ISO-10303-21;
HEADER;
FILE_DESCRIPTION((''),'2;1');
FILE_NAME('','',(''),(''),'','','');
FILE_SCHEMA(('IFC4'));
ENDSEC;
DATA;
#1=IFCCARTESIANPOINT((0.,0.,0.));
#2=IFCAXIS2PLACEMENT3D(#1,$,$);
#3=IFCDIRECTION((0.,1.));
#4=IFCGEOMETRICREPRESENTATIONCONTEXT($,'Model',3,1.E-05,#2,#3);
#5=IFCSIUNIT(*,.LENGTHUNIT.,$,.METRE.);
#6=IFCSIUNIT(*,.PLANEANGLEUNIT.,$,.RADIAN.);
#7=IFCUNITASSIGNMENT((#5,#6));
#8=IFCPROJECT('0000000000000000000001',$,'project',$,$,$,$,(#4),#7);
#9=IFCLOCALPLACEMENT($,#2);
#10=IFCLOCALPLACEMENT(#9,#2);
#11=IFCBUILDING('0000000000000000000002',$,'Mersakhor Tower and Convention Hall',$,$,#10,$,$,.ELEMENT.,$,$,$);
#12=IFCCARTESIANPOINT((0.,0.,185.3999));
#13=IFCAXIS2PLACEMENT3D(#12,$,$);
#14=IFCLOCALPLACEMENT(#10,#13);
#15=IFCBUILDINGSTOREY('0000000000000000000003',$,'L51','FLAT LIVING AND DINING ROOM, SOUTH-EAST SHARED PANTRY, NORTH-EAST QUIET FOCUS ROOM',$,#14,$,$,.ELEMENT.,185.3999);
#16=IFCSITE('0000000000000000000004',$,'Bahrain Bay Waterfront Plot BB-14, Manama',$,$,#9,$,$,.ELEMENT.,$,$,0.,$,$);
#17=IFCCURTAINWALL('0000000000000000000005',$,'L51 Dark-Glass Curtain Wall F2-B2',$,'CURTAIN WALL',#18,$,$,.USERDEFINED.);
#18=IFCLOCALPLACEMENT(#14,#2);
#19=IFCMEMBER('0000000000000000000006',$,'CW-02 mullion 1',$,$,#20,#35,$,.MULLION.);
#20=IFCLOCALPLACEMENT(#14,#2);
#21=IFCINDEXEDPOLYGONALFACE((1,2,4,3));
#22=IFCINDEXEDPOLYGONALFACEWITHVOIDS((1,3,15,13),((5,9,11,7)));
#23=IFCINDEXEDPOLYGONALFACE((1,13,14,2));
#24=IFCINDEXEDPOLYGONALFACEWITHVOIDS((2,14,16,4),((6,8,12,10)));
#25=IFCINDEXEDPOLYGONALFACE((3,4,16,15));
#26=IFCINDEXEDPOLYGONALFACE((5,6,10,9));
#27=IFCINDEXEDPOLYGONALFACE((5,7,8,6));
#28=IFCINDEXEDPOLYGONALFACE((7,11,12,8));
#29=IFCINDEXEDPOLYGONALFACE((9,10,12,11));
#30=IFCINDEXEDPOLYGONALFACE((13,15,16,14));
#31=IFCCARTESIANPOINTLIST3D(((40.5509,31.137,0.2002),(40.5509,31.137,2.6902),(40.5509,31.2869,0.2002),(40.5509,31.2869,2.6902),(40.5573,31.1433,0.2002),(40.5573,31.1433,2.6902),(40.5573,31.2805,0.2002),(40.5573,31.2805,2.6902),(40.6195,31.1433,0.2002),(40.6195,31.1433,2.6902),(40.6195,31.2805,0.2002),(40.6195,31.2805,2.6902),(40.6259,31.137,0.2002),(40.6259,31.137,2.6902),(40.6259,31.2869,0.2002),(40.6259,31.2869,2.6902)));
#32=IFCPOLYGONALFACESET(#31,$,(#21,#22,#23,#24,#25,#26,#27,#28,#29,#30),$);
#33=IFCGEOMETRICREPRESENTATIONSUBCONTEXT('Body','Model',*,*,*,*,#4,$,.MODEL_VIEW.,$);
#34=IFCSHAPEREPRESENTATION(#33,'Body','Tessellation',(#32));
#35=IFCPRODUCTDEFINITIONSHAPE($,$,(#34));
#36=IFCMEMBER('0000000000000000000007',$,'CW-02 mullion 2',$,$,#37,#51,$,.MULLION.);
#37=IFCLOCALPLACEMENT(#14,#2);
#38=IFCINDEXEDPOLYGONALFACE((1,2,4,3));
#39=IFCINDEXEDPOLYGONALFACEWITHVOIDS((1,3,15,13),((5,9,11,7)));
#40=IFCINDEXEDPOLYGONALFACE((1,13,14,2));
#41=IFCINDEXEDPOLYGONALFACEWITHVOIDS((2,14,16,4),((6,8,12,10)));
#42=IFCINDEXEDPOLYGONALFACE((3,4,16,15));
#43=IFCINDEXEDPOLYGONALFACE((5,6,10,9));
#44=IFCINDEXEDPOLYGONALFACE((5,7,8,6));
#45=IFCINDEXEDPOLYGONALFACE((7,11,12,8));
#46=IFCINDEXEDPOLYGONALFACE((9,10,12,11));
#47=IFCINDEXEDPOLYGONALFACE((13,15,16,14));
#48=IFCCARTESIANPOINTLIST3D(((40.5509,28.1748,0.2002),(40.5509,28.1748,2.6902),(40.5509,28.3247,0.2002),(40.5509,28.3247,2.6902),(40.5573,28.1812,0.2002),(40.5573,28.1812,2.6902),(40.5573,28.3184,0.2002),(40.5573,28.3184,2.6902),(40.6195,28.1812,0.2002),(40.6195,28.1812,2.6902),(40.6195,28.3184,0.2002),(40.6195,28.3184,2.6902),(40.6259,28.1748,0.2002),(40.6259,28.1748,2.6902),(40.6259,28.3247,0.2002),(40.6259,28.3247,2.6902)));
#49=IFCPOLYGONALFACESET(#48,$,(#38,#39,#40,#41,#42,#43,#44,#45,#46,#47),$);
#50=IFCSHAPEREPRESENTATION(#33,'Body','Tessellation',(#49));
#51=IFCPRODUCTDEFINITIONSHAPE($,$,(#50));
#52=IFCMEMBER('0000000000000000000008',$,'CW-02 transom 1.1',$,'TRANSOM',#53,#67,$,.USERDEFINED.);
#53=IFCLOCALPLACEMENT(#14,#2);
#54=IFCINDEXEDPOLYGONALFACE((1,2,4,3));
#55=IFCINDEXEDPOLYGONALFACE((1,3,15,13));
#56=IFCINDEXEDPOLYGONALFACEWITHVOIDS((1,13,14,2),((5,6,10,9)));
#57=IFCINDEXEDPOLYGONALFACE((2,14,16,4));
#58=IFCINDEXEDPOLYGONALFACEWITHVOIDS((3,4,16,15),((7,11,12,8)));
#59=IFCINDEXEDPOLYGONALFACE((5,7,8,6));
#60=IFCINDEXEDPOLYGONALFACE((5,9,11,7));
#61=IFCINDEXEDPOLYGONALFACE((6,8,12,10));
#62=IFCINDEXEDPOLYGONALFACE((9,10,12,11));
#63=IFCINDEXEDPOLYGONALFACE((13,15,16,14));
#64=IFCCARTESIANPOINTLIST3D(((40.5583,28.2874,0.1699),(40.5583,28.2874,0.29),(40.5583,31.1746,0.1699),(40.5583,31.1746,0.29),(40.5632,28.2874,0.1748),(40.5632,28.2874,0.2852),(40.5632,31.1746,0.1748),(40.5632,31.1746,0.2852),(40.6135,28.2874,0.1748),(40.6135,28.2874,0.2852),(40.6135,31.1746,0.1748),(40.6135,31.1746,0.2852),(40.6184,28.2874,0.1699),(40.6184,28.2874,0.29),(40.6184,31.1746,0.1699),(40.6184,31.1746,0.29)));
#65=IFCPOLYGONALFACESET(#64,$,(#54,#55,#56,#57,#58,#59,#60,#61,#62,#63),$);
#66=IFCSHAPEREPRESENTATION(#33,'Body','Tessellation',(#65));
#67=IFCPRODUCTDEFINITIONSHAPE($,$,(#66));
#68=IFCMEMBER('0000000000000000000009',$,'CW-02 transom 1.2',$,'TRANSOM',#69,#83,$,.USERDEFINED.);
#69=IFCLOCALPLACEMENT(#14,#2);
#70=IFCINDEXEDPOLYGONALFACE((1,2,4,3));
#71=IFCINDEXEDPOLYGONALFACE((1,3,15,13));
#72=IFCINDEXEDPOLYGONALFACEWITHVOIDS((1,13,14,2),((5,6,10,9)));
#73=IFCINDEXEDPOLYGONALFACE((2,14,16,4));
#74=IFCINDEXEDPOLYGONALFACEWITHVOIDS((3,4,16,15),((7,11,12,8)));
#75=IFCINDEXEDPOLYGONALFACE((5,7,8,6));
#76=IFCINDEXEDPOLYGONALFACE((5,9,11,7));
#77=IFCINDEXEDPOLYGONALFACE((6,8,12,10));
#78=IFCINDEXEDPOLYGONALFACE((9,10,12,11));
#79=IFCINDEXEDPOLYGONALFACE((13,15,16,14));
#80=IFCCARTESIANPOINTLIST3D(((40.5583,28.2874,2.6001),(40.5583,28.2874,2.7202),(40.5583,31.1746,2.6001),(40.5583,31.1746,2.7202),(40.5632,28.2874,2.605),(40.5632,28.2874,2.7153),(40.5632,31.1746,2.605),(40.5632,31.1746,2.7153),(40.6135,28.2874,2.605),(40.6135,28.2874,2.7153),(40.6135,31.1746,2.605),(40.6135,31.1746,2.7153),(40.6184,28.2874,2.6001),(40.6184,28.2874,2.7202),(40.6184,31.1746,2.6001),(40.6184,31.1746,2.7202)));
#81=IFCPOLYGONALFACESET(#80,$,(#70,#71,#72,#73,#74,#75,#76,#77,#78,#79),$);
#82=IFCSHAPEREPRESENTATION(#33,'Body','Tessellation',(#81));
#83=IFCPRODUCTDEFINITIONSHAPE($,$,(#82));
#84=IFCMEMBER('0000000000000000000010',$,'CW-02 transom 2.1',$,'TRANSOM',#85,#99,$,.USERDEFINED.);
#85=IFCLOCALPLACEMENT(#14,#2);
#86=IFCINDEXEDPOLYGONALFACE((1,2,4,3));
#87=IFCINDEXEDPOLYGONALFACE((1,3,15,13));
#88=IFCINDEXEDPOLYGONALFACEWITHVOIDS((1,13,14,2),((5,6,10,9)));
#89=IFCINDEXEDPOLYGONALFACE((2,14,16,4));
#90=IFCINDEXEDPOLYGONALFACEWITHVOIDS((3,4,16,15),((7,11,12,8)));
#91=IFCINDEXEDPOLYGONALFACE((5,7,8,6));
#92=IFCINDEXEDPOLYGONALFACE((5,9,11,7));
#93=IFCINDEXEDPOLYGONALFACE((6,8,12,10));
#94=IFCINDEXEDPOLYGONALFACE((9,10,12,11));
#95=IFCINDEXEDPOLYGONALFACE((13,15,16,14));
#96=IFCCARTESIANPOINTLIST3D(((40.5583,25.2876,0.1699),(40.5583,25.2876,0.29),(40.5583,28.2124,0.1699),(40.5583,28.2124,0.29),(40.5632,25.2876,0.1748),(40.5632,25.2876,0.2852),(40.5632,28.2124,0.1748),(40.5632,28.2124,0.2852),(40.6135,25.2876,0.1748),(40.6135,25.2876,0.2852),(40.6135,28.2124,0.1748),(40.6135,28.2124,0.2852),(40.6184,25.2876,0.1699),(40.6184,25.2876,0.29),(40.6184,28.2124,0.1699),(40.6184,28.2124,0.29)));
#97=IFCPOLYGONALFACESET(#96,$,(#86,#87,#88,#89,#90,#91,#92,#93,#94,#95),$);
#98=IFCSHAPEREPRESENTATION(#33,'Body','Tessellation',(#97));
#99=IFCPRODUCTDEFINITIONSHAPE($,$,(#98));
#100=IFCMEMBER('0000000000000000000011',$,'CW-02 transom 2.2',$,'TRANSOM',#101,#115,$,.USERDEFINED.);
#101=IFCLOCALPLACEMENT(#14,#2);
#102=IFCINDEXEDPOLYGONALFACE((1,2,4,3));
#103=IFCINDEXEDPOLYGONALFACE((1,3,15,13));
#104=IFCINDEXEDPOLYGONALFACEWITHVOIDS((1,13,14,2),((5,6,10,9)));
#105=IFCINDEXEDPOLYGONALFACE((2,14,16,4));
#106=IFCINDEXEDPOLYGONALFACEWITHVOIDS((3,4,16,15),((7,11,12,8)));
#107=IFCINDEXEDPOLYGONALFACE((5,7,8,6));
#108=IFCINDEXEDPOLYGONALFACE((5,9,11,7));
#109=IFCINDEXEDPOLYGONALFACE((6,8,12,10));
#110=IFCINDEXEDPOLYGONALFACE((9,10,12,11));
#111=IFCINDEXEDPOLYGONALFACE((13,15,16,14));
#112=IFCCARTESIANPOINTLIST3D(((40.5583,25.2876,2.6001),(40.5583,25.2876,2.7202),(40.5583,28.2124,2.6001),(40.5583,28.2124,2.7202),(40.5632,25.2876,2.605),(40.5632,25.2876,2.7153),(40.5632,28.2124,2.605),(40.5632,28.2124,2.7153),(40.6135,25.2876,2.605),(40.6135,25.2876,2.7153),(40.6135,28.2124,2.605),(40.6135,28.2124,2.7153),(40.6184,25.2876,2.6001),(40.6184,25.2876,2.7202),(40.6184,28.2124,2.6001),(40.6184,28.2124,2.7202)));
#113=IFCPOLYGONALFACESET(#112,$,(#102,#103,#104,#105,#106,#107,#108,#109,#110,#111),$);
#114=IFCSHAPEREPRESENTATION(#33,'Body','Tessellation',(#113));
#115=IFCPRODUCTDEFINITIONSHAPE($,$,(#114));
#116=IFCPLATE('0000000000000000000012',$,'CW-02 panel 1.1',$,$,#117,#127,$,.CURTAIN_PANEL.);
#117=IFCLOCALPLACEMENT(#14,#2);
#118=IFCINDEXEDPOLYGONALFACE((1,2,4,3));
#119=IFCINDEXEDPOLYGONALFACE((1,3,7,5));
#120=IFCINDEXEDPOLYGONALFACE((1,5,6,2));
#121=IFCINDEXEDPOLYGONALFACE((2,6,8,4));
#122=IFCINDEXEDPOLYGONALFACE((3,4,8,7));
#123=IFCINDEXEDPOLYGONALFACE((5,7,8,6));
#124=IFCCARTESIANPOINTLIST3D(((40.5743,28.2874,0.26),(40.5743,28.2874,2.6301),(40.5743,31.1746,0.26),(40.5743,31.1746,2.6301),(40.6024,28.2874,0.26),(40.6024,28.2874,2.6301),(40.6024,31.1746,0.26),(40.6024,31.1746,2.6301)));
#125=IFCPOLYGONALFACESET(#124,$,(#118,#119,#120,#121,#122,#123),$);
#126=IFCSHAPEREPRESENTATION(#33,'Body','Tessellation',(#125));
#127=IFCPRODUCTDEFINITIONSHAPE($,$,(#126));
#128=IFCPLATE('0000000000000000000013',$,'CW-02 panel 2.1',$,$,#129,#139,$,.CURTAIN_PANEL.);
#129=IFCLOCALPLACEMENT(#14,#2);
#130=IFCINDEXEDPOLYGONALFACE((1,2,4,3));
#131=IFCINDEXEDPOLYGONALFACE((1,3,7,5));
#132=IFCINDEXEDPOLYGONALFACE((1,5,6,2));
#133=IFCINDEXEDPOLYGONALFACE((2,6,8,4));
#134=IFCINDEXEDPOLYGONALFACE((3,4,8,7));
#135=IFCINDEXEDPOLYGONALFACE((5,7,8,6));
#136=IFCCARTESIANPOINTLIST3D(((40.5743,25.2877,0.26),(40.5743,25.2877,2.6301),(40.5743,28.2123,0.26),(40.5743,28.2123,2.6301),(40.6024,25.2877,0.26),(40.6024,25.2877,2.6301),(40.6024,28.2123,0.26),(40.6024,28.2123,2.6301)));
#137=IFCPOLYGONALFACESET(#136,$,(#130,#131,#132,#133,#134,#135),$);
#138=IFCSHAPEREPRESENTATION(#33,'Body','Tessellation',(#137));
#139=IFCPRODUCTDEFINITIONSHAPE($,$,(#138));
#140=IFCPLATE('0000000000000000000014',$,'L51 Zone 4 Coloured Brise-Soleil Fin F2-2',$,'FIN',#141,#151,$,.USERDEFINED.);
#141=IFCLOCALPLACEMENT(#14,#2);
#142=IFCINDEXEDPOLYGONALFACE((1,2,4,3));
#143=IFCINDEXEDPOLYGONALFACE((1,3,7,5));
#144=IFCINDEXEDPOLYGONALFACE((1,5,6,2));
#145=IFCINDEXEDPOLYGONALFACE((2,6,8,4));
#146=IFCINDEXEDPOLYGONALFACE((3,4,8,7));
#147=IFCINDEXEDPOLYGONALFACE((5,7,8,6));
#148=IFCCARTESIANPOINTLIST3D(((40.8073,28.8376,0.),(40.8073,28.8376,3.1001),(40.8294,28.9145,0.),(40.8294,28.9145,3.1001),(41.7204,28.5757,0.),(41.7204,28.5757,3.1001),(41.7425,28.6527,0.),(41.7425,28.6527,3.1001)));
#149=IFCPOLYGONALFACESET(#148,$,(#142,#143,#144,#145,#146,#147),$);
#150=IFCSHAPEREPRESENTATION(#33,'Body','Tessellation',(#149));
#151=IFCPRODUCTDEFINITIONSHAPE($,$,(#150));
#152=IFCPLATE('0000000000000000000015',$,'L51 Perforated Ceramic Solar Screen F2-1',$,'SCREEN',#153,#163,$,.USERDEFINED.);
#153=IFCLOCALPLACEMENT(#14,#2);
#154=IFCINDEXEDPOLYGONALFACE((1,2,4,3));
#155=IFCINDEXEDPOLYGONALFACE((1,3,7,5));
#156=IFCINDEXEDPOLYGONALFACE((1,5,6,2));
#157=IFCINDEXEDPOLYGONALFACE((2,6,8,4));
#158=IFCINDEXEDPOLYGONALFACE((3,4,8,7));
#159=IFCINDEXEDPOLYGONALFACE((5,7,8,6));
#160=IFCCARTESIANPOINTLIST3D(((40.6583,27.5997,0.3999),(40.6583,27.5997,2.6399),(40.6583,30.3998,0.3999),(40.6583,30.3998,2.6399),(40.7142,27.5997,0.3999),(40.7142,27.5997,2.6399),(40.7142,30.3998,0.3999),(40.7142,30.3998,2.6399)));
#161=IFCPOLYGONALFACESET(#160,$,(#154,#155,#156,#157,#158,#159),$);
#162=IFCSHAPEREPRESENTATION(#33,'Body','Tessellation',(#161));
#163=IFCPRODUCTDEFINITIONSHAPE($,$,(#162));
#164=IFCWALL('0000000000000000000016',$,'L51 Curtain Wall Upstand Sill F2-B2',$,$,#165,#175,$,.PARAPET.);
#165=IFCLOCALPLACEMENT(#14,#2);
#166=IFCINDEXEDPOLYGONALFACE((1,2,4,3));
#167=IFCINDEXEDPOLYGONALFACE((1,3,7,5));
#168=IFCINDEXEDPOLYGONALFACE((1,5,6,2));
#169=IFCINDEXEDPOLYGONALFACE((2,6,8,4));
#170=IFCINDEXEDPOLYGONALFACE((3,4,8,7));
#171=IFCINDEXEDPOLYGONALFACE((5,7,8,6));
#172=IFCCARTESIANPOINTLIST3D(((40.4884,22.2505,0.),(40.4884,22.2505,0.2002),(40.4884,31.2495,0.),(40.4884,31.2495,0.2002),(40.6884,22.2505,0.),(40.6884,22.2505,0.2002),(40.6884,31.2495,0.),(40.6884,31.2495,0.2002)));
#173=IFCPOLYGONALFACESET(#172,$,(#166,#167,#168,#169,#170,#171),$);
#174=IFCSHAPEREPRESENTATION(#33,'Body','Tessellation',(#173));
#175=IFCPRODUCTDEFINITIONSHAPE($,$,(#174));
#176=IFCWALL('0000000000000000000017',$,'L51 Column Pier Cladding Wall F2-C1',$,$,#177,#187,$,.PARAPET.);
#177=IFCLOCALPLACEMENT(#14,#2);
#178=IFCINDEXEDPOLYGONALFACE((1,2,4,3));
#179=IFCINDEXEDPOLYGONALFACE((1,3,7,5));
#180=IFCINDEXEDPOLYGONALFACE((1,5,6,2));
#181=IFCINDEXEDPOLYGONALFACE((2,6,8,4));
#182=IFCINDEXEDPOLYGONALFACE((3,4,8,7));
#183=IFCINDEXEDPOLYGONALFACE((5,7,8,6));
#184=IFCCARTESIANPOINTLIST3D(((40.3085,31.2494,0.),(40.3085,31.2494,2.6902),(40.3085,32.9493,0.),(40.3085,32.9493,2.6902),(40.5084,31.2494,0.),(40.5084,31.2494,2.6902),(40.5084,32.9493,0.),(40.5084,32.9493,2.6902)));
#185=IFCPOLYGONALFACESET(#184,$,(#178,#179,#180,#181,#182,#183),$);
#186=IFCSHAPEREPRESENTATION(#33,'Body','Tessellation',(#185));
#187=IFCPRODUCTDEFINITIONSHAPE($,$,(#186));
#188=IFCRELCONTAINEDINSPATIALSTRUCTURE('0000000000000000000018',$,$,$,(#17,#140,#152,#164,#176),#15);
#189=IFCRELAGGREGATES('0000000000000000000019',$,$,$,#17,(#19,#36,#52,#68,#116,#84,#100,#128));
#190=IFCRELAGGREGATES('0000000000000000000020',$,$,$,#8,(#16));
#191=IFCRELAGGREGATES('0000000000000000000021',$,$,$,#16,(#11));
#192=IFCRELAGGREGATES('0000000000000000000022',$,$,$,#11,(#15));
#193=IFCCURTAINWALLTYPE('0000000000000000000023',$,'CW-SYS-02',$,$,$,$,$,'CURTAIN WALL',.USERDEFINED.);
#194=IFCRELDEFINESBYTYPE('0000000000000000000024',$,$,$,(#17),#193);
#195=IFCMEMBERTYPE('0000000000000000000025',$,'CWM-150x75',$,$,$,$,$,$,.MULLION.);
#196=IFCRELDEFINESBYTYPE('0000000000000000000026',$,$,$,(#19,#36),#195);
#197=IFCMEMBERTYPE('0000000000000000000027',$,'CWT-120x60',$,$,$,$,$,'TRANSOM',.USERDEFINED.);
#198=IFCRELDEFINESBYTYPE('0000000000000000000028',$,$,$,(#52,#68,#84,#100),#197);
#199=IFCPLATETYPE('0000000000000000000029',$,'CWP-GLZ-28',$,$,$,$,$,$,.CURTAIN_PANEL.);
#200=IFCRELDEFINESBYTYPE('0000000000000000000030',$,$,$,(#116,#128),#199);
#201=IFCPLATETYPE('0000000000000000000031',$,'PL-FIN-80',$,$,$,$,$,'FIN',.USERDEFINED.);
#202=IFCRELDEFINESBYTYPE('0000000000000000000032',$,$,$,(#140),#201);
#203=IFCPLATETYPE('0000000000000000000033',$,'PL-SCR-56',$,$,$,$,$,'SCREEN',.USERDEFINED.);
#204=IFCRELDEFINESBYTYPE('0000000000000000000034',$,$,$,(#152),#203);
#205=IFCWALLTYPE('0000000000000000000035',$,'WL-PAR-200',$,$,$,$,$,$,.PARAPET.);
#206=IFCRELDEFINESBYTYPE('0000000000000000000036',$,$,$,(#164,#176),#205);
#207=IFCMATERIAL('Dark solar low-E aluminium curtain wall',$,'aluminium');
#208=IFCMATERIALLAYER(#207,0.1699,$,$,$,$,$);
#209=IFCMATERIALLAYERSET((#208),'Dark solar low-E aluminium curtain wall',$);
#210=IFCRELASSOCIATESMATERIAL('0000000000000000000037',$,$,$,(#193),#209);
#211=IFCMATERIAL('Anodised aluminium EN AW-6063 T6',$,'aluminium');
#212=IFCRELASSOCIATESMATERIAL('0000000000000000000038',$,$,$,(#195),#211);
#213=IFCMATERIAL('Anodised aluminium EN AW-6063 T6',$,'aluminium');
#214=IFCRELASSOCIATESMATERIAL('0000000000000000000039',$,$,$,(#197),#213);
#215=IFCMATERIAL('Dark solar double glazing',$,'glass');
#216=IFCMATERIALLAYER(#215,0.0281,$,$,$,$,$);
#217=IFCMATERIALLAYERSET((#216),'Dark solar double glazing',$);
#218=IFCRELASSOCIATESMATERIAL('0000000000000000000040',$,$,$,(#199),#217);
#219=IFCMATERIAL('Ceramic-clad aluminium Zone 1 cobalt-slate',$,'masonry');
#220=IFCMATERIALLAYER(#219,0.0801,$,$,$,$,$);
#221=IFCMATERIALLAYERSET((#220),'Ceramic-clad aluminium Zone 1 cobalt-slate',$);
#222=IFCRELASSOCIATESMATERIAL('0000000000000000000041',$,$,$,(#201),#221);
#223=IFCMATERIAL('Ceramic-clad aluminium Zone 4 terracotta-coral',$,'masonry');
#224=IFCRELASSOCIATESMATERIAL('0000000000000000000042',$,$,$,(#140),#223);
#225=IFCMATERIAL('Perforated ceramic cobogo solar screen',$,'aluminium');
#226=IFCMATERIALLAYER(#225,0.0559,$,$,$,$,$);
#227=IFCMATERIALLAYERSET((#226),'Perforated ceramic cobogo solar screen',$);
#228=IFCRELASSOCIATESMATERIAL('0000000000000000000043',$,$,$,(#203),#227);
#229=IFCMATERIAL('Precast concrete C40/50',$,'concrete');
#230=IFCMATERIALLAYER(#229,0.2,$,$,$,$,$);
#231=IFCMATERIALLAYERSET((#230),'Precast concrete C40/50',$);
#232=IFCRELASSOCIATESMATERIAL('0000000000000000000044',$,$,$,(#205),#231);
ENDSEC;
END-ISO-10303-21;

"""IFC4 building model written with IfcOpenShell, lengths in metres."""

from ifc_helpers import new_model, si_unit, direction, frame, frame_2d, origin, origin_2d, place, context, subcontext, project, spatial, rectangle, hollow_rectangle, extrude, material, layer, layer_set, material_profile, profile_set, type_object, element, aggregate, save


model = new_model("IFC4")

# Units and contexts
model_context = context("Model", 3, precision=1e-05, world=origin(), true_north=direction((0.0, 1.0)))
body_context = subcontext(model_context, "Body", "Model", "MODEL_VIEW")
ifc_project = project(units=[si_unit("LENGTHUNIT", "METRE"), si_unit("PLANEANGLEUNIT", "RADIAN")], contexts=[model_context])

# Site, building, storey
site_placement = place(None, origin())
site = spatial("IfcSite", under=ifc_project, at=site_placement, Name="Bahrain Bay Waterfront Plot BB-14, Manama", CompositionType="ELEMENT", RefElevation=0.0)
building_placement = place(site_placement, origin())
building = spatial("IfcBuilding", under=site, at=building_placement, Name="Mersakhor Tower and Convention Hall", CompositionType="ELEMENT")
storey_placement = place(building_placement, frame((0.0, 0.0, 185.3999)))
storey = spatial("IfcBuildingStorey", under=building, at=storey_placement, Name="L51", Description="FLAT LIVING AND DINING ROOM, SOUTH-EAST SHARED PANTRY, NORTH-EAST QUIET FOCUS ROOM", CompositionType="ELEMENT", Elevation=185.3999)

# Curtain wall, members, plates
ifc_material_1 = material(Name="Dark solar low-E aluminium curtain wall", Category="aluminium")
ifc_layer_1 = layer(ifc_material_1, 0.1699)
ifc_layer_set_1 = layer_set([ifc_layer_1], Name="Dark solar low-E aluminium curtain wall")
curtain_wall_type = type_object("IfcCurtainWallType", Name="CW-SYS-02", ElementType="CURTAIN WALL", PredefinedType="USERDEFINED", material=ifc_layer_set_1)
curtain_wall_placement = place(storey_placement, origin())
curtain_wall = element("IfcCurtainWall", 1, at=curtain_wall_placement, inside=storey, type_object=curtain_wall_type, Name="L51 Dark-Glass Curtain Wall F2-B2", ObjectType="CURTAIN WALL", PredefinedType="USERDEFINED")
ifc_material_2 = material(Name="Anodised aluminium EN AW-6063 T6", Category="aluminium")
ifc_material_profile_1 = material_profile(ifc_material_2, hollow_rectangle(XDim=0.075, YDim=0.1499, WallThickness=0.0063, at=origin_2d()), Name="RHS 150x75x6.3")
ifc_profile_set_1 = profile_set([ifc_material_profile_1], Name="Anodised aluminium EN AW-6063 T6")
member_type_1 = type_object("IfcMemberType", Name="CWM-150x75", PredefinedType="MULLION", material=ifc_profile_set_1)
member_1_placement = place(storey_placement, frame((40.5884, 31.2119, 0.2002), z_axis=(0.0, 0.0, 1.0), x_axis=(1.0, 0.0, 0.0)))
member_1 = element("IfcMember", 2, at=member_1_placement, type_object=member_type_1, Name="CW-02 mullion 1", PredefinedType="MULLION", context=body_context, shape_type="SweptSolid", body=[
    extrude(hollow_rectangle(XDim=0.075, YDim=0.1499, WallThickness=0.0063, at=origin_2d()), origin(), (0.0, 0.0, 1.0), 2.49),
])
member_2_placement = place(storey_placement, frame((40.5884, 28.2498, 0.2002), z_axis=(0.0, 0.0, 1.0), x_axis=(1.0, 0.0, 0.0)))
member_2 = element("IfcMember", 3, at=member_2_placement, type_object=member_type_1, Name="CW-02 mullion 2", PredefinedType="MULLION", context=body_context, shape_type="SweptSolid", body=[
    extrude(hollow_rectangle(XDim=0.075, YDim=0.1499, WallThickness=0.0063, at=origin_2d()), origin(), (0.0, 0.0, 1.0), 2.49),
])
ifc_material_3 = material(Name="Anodised aluminium EN AW-6063 T6", Category="aluminium")
ifc_material_profile_2 = material_profile(ifc_material_3, hollow_rectangle(XDim=0.0601, YDim=0.1201, WallThickness=0.0049, at=origin_2d()), Name="RHS 120x60x5")
ifc_profile_set_2 = profile_set([ifc_material_profile_2], Name="Anodised aluminium EN AW-6063 T6")
member_type_2 = type_object("IfcMemberType", Name="CWT-120x60", ElementType="TRANSOM", PredefinedType="USERDEFINED", material=ifc_profile_set_2)
member_3_placement = place(storey_placement, frame((40.5884, 31.1746, 0.23), z_axis=(0.0, -1.0, 0.0), x_axis=(1.0, 0.0, 0.0)))
member_3 = element("IfcMember", 4, at=member_3_placement, type_object=member_type_2, Name="CW-02 transom 1.1", ObjectType="TRANSOM", PredefinedType="USERDEFINED", context=body_context, shape_type="SweptSolid", body=[
    extrude(hollow_rectangle(XDim=0.0601, YDim=0.1201, WallThickness=0.0049, at=origin_2d()), origin(), (0.0, 0.0, 1.0), 2.8872),
])
member_4_placement = place(storey_placement, frame((40.5884, 31.1746, 2.6602), z_axis=(0.0, -1.0, 0.0), x_axis=(1.0, 0.0, 0.0)))
member_4 = element("IfcMember", 5, at=member_4_placement, type_object=member_type_2, Name="CW-02 transom 1.2", ObjectType="TRANSOM", PredefinedType="USERDEFINED", context=body_context, shape_type="SweptSolid", body=[
    extrude(hollow_rectangle(XDim=0.0601, YDim=0.1201, WallThickness=0.0049, at=origin_2d()), origin(), (0.0, 0.0, 1.0), 2.8872),
])
member_5_placement = place(storey_placement, frame((40.5884, 28.2124, 0.23), z_axis=(0.0, -1.0, 0.0), x_axis=(1.0, 0.0, 0.0)))
member_5 = element("IfcMember", 6, at=member_5_placement, type_object=member_type_2, Name="CW-02 transom 2.1", ObjectType="TRANSOM", PredefinedType="USERDEFINED", context=body_context, shape_type="SweptSolid", body=[
    extrude(hollow_rectangle(XDim=0.0601, YDim=0.1201, WallThickness=0.0049, at=origin_2d()), origin(), (0.0, 0.0, 1.0), 2.9248),
])
member_6_placement = place(storey_placement, frame((40.5884, 28.2124, 2.6602), z_axis=(0.0, -1.0, 0.0), x_axis=(1.0, 0.0, 0.0)))
member_6 = element("IfcMember", 7, at=member_6_placement, type_object=member_type_2, Name="CW-02 transom 2.2", ObjectType="TRANSOM", PredefinedType="USERDEFINED", context=body_context, shape_type="SweptSolid", body=[
    extrude(hollow_rectangle(XDim=0.0601, YDim=0.1201, WallThickness=0.0049, at=origin_2d()), origin(), (0.0, 0.0, 1.0), 2.9248),
])
ifc_material_4 = material(Name="Dark solar double glazing", Category="glass")
ifc_layer_2 = layer(ifc_material_4, 0.0281)
ifc_layer_set_2 = layer_set([ifc_layer_2], Name="Dark solar double glazing")
plate_type_1 = type_object("IfcPlateType", Name="CWP-GLZ-28", PredefinedType="CURTAIN_PANEL", material=ifc_layer_set_2)
plate_1_placement = place(storey_placement, frame((40.5884, 29.731, 0.26), z_axis=(0.0, 0.0, 1.0), x_axis=(0.0, -1.0, 0.0)))
plate_1 = element("IfcPlate", 8, at=plate_1_placement, type_object=plate_type_1, Name="CW-02 panel 1.1", PredefinedType="CURTAIN_PANEL", context=body_context, shape_type="SweptSolid", body=[
    extrude(rectangle(XDim=2.8872, YDim=0.0281, at=origin_2d()), origin(), (0.0, 0.0, 1.0), 2.3701),
])
plate_2_placement = place(storey_placement, frame((40.5884, 26.75, 0.26), z_axis=(0.0, 0.0, 1.0), x_axis=(0.0, -1.0, 0.0)))
plate_2 = element("IfcPlate", 9, at=plate_2_placement, type_object=plate_type_1, Name="CW-02 panel 2.1", PredefinedType="CURTAIN_PANEL", context=body_context, shape_type="SweptSolid", body=[
    extrude(rectangle(XDim=2.9246, YDim=0.0281, at=origin_2d()), origin(), (0.0, 0.0, 1.0), 2.3701),
])
aggregate(curtain_wall, [member_1, member_2, member_3, member_4, plate_1, member_5, member_6, plate_2])

# Plates
ifc_material_5 = material(Name="Ceramic-clad aluminium Zone 4 terracotta-coral", Category="masonry")
ifc_material_6 = material(Name="Ceramic-clad aluminium Zone 1 cobalt-slate", Category="masonry")
ifc_layer_3 = layer(ifc_material_6, 0.0801)
ifc_layer_set_3 = layer_set([ifc_layer_3], Name="Ceramic-clad aluminium Zone 1 cobalt-slate")
plate_type_2 = type_object("IfcPlateType", Name="PL-FIN-80", ElementType="FIN", PredefinedType="USERDEFINED", material=ifc_layer_set_3)
plate_3_placement = place(storey_placement, frame((41.2749, 28.7451, 0.0), z_axis=(0.0, 0.0, 1.0), x_axis=(0.961262, -0.275637, 0.0)))
element("IfcPlate", 10, at=plate_3_placement, inside=storey, type_object=plate_type_2, material=ifc_material_5, Name="L51 Zone 4 Coloured Brise-Soleil Fin F2-2", ObjectType="FIN", PredefinedType="USERDEFINED", context=body_context, shape_type="SweptSolid", body=[
    extrude(rectangle(XDim=0.95, YDim=0.0801, at=origin_2d()), origin(), (0.0, 0.0, 1.0), 3.1001),
])
ifc_material_7 = material(Name="Perforated ceramic cobogo solar screen", Category="aluminium")
ifc_layer_4 = layer(ifc_material_7, 0.0559)
ifc_layer_set_4 = layer_set([ifc_layer_4], Name="Perforated ceramic cobogo solar screen")
plate_type_3 = type_object("IfcPlateType", Name="PL-SCR-56", ElementType="SCREEN", PredefinedType="USERDEFINED", material=ifc_layer_set_4)
plate_4_placement = place(storey_placement, frame((40.6863, 28.9998, 0.3999), z_axis=(0.0, 0.0, 1.0), x_axis=(0.0, -1.0, 0.0)))
element("IfcPlate", 11, at=plate_4_placement, inside=storey, type_object=plate_type_3, Name="L51 Perforated Ceramic Solar Screen F2-1", ObjectType="SCREEN", PredefinedType="USERDEFINED", context=body_context, shape_type="SweptSolid", body=[
    extrude(rectangle(XDim=2.8, YDim=0.0559, at=origin_2d()), origin(), (0.0, 0.0, 1.0), 2.24),
])

# Walls
ifc_material_8 = material(Name="Precast concrete C40/50", Category="concrete")
ifc_layer_5 = layer(ifc_material_8, 0.2)
ifc_layer_set_5 = layer_set([ifc_layer_5], Name="Precast concrete C40/50")
wall_type_1 = type_object("IfcWallType", Name="WL-PAR-200", PredefinedType="PARAPET", material=ifc_layer_set_5)
wall_1_placement = place(storey_placement, frame((40.5884, 31.2495, 0.0), z_axis=(0.0, 0.0, 1.0), x_axis=(0.0, -1.0, 0.0)))
element("IfcWall", 12, at=wall_1_placement, inside=storey, type_object=wall_type_1, Name="L51 Curtain Wall Upstand Sill F2-B2", PredefinedType="PARAPET", context=body_context, shape_type="SweptSolid", body=[
    extrude(rectangle(XDim=8.999, YDim=0.2, at=frame_2d((4.4995, 0.0))), origin(), (0.0, 0.0, 1.0), 0.2002),
])
wall_2_placement = place(storey_placement, frame((40.4084, 32.9495, 0.0), z_axis=(0.0, 0.0, 1.0), x_axis=(0.0, -1.0, 0.0)))
element("IfcWall", 13, at=wall_2_placement, inside=storey, type_object=wall_type_1, Name="L51 Column Pier Cladding Wall F2-C1", PredefinedType="PARAPET", context=body_context, shape_type="SweptSolid", body=[
    extrude(rectangle(XDim=1.7, YDim=0.2, at=frame_2d((0.8501, 0.0))), origin(), (0.0, 0.0, 1.0), 2.6902),
])

save(model, "model.ifc")
